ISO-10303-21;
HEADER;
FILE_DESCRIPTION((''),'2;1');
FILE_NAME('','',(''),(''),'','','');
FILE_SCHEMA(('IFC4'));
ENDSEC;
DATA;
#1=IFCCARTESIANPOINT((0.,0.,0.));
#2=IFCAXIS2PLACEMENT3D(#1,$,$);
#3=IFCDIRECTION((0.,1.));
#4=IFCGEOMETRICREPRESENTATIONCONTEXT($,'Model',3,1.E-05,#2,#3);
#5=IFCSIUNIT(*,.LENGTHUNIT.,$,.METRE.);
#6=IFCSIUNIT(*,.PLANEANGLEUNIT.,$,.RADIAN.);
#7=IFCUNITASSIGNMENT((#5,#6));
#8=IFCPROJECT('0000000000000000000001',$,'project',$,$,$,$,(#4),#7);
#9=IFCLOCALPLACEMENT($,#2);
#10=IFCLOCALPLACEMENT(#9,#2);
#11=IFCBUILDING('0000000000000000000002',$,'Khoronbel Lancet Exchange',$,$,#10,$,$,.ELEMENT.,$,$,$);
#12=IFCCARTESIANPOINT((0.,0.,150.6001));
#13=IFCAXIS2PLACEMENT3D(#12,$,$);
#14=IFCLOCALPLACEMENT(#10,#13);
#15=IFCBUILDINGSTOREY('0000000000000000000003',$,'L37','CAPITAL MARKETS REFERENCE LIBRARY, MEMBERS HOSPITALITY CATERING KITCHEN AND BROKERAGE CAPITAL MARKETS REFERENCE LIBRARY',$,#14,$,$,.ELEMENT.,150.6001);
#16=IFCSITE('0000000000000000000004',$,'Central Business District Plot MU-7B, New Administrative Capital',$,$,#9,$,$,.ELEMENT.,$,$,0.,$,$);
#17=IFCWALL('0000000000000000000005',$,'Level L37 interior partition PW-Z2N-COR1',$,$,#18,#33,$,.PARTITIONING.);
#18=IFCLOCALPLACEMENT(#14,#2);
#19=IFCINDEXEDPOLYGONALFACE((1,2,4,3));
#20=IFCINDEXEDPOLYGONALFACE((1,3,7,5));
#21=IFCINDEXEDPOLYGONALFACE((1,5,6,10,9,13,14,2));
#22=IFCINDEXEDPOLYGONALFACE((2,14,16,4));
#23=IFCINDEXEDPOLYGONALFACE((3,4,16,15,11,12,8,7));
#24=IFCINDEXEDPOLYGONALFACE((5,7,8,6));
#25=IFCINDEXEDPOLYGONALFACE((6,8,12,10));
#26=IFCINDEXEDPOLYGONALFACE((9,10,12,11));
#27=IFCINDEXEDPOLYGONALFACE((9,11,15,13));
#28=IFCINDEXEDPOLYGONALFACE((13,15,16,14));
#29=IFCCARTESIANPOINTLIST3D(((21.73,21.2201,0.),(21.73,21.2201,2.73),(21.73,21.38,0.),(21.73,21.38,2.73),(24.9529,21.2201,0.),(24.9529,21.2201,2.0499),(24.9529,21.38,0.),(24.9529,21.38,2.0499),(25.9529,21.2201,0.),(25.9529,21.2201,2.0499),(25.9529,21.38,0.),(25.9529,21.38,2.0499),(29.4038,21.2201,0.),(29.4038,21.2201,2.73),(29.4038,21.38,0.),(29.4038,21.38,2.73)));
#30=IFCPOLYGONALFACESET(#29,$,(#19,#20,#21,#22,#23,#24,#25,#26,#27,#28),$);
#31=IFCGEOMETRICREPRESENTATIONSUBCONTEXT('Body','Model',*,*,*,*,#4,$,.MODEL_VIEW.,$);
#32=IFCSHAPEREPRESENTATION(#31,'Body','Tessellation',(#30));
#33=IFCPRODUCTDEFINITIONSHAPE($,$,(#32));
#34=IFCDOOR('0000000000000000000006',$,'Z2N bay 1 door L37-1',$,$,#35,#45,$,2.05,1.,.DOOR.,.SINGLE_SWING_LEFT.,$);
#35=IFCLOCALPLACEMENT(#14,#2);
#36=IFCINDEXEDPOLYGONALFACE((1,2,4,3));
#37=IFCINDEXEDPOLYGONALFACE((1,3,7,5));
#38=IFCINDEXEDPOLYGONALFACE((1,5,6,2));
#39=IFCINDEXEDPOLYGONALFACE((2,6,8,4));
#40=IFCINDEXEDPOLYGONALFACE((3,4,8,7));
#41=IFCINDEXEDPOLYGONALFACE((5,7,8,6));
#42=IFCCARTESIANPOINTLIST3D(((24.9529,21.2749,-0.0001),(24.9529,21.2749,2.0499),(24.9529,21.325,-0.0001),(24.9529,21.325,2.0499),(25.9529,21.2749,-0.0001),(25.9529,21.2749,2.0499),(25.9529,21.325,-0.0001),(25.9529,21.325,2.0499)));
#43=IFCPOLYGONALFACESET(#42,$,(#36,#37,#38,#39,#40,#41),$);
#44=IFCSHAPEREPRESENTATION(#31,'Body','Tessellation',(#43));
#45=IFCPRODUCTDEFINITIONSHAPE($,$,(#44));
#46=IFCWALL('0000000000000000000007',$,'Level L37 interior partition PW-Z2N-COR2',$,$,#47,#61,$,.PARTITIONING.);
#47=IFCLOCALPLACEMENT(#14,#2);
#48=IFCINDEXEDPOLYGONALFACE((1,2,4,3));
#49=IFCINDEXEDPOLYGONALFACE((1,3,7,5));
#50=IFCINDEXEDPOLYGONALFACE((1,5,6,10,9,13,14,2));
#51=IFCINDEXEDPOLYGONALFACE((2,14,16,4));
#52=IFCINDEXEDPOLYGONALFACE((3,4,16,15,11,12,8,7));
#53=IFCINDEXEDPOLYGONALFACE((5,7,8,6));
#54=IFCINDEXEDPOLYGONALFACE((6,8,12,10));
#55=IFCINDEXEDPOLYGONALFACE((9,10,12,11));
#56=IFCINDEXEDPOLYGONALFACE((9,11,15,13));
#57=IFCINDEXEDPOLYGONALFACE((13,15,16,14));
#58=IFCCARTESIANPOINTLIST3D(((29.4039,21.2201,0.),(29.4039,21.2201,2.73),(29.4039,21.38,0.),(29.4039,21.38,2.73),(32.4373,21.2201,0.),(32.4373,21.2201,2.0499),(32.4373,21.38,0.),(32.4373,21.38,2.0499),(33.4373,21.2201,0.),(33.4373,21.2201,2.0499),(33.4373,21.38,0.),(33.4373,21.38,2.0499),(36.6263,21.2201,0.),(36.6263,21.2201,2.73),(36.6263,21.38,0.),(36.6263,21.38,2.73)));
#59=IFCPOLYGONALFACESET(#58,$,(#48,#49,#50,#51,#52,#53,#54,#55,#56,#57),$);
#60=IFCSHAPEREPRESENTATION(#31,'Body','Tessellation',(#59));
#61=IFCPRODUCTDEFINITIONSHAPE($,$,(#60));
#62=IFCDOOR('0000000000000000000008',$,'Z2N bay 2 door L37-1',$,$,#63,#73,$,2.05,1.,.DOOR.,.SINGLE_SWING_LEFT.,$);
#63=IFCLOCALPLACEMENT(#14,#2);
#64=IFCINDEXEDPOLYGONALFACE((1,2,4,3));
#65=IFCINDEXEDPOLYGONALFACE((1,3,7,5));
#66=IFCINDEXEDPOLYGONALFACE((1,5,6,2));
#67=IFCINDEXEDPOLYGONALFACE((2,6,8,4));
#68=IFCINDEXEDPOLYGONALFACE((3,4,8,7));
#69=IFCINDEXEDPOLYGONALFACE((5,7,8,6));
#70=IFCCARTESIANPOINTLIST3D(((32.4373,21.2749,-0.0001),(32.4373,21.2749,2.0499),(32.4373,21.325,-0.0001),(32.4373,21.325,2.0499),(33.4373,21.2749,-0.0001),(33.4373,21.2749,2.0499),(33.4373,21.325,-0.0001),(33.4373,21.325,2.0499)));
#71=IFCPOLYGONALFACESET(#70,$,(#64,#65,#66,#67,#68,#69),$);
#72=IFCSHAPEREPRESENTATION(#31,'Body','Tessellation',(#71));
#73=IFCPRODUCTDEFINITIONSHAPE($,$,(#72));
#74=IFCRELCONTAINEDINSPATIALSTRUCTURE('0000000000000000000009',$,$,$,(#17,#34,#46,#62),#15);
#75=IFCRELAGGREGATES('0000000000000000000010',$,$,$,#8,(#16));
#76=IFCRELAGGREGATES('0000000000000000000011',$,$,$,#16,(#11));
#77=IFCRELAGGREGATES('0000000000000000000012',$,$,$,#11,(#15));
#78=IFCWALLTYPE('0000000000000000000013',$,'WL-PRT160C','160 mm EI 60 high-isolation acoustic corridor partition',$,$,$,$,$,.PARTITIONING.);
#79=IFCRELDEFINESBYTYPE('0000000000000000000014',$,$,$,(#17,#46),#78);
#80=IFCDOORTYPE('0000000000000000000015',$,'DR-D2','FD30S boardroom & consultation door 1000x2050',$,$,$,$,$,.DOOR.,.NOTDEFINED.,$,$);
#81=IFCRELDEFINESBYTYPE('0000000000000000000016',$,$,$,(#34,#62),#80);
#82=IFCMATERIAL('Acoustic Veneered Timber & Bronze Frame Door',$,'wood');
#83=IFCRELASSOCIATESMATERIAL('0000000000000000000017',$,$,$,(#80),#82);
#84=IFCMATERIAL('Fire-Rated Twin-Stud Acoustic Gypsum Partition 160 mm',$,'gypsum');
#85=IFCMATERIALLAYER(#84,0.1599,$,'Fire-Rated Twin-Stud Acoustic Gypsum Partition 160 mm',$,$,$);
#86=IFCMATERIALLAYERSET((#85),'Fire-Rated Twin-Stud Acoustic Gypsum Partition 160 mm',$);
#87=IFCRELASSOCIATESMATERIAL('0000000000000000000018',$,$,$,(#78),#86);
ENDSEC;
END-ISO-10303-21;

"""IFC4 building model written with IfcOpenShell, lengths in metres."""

from ifc_helpers import new_model, si_unit, direction, frame, frame_2d, origin, place, context, subcontext, project, spatial, rectangle, extrude, material, layer, layer_set, type_object, element, fill, save


model = new_model("IFC4")

# Units and contexts
model_context = context("Model", 3, precision=1e-05, world=origin(), true_north=direction((0.0, 1.0)))
body_context = subcontext(model_context, "Body", "Model", "MODEL_VIEW")
ifc_project = project(units=[si_unit("LENGTHUNIT", "METRE"), si_unit("PLANEANGLEUNIT", "RADIAN")], contexts=[model_context])

# Site, building, storey
site_placement = place(None, origin())
site = spatial("IfcSite", under=ifc_project, at=site_placement, Name="Central Business District Plot MU-7B, New Administrative Capital", CompositionType="ELEMENT", RefElevation=0.0)
building_placement = place(site_placement, origin())
building = spatial("IfcBuilding", under=site, at=building_placement, Name="Khoronbel Lancet Exchange", CompositionType="ELEMENT")
storey_placement = place(building_placement, frame((0.0, 0.0, 150.6001)))
storey = spatial("IfcBuildingStorey", under=building, at=storey_placement, Name="L37", Description="CAPITAL MARKETS REFERENCE LIBRARY, MEMBERS HOSPITALITY CATERING KITCHEN AND BROKERAGE CAPITAL MARKETS REFERENCE LIBRARY", CompositionType="ELEMENT", Elevation=150.6001)

# Shared definitions
ifc_material_1 = material(Name="Acoustic Veneered Timber & Bronze Frame Door", Category="wood")
door_type_1 = type_object("IfcDoorType", Name="DR-D2", Description="FD30S boardroom & consultation door 1000x2050", OperationType="NOTDEFINED", PredefinedType="DOOR", material=ifc_material_1)

# Walls, openings, doors
ifc_material_2 = material(Name="Fire-Rated Twin-Stud Acoustic Gypsum Partition 160 mm", Category="gypsum")
ifc_layer_1 = layer(ifc_material_2, 0.1599, Name="Fire-Rated Twin-Stud Acoustic Gypsum Partition 160 mm")
ifc_layer_set_1 = layer_set([ifc_layer_1], Name="Fire-Rated Twin-Stud Acoustic Gypsum Partition 160 mm")
wall_type_1 = type_object("IfcWallType", Name="WL-PRT160C", Description="160 mm EI 60 high-isolation acoustic corridor partition", PredefinedType="PARTITIONING", material=ifc_layer_set_1)
wall_1_placement = place(storey_placement, frame((21.73, 21.3, 0.0), z_axis=(0.0, 0.0, 1.0), x_axis=(1.0, 0.0, 0.0)))
wall_1 = element("IfcWall", 1, at=wall_1_placement, inside=storey, type_object=wall_type_1, Name="Level L37 interior partition PW-Z2N-COR1", PredefinedType="PARTITIONING", context=body_context, shape_type="SweptSolid", body=[
    extrude(rectangle(XDim=7.6738, YDim=0.1599, at=frame_2d((3.8369, 0.0))), origin(), (0.0, 0.0, 1.0), 2.73),
])
opening_1_placement = place(wall_1_placement, frame((3.2229, 0.0, 0.0)))
opening_1 = element("IfcOpeningElement", 2, at=opening_1_placement, cuts=wall_1, PredefinedType="OPENING", context=body_context, shape_type="SweptSolid", body=[
    extrude(rectangle(XDim=1.0, YDim=2.05, at=frame_2d((0.5, 1.0249))), frame((0.0, 0.0898, 0.0), z_axis=(0.0, -1.0, 0.0), x_axis=(1.0, 0.0, 0.0)), (0.0, 0.0, 1.0), 0.1799),
])
door_1_placement = place(opening_1_placement, origin())
door_1 = element("IfcDoor", 3, at=door_1_placement, inside=storey, type_object=door_type_1, Name="Z2N bay 1 door L37-1", OperationType="SINGLE_SWING_LEFT", OverallHeight=2.05, OverallWidth=1.0, PredefinedType="DOOR", context=body_context, shape_type="SweptSolid", body=[
    extrude(rectangle(XDim=1.0, YDim=2.05, at=frame_2d((0.5, 1.0249))), frame((0.0, 0.0249, 0.0), z_axis=(0.0, -1.0, 0.0), x_axis=(1.0, 0.0, 0.0)), (0.0, 0.0, 1.0), 0.05),
])
fill(opening_1, door_1)
wall_2_placement = place(storey_placement, frame((29.4038, 21.3, 0.0), z_axis=(0.0, 0.0, 1.0), x_axis=(1.0, 0.0, 0.0)))
wall_2 = element("IfcWall", 4, at=wall_2_placement, inside=storey, type_object=wall_type_1, Name="Level L37 interior partition PW-Z2N-COR2", PredefinedType="PARTITIONING", context=body_context, shape_type="SweptSolid", body=[
    extrude(rectangle(XDim=7.2224, YDim=0.1599, at=frame_2d((3.6113, 0.0))), origin(), (0.0, 0.0, 1.0), 2.73),
])
opening_2_placement = place(wall_2_placement, frame((3.0334, 0.0, 0.0)))
opening_2 = element("IfcOpeningElement", 5, at=opening_2_placement, cuts=wall_2, PredefinedType="OPENING", context=body_context, shape_type="SweptSolid", body=[
    extrude(rectangle(XDim=1.0, YDim=2.05, at=frame_2d((0.5, 1.0249))), frame((0.0, 0.0898, 0.0), z_axis=(0.0, -1.0, 0.0), x_axis=(1.0, 0.0, 0.0)), (0.0, 0.0, 1.0), 0.1799),
])
door_2_placement = place(opening_2_placement, origin())
door_2 = element("IfcDoor", 6, at=door_2_placement, inside=storey, type_object=door_type_1, Name="Z2N bay 2 door L37-1", OperationType="SINGLE_SWING_LEFT", OverallHeight=2.05, OverallWidth=1.0, PredefinedType="DOOR", context=body_context, shape_type="SweptSolid", body=[
    extrude(rectangle(XDim=1.0, YDim=2.05, at=frame_2d((0.5, 1.0249))), frame((0.0, 0.0249, 0.0), z_axis=(0.0, -1.0, 0.0), x_axis=(1.0, 0.0, 0.0)), (0.0, 0.0, 1.0), 0.05),
])
fill(opening_2, door_2)

save(model, "model.ifc")
